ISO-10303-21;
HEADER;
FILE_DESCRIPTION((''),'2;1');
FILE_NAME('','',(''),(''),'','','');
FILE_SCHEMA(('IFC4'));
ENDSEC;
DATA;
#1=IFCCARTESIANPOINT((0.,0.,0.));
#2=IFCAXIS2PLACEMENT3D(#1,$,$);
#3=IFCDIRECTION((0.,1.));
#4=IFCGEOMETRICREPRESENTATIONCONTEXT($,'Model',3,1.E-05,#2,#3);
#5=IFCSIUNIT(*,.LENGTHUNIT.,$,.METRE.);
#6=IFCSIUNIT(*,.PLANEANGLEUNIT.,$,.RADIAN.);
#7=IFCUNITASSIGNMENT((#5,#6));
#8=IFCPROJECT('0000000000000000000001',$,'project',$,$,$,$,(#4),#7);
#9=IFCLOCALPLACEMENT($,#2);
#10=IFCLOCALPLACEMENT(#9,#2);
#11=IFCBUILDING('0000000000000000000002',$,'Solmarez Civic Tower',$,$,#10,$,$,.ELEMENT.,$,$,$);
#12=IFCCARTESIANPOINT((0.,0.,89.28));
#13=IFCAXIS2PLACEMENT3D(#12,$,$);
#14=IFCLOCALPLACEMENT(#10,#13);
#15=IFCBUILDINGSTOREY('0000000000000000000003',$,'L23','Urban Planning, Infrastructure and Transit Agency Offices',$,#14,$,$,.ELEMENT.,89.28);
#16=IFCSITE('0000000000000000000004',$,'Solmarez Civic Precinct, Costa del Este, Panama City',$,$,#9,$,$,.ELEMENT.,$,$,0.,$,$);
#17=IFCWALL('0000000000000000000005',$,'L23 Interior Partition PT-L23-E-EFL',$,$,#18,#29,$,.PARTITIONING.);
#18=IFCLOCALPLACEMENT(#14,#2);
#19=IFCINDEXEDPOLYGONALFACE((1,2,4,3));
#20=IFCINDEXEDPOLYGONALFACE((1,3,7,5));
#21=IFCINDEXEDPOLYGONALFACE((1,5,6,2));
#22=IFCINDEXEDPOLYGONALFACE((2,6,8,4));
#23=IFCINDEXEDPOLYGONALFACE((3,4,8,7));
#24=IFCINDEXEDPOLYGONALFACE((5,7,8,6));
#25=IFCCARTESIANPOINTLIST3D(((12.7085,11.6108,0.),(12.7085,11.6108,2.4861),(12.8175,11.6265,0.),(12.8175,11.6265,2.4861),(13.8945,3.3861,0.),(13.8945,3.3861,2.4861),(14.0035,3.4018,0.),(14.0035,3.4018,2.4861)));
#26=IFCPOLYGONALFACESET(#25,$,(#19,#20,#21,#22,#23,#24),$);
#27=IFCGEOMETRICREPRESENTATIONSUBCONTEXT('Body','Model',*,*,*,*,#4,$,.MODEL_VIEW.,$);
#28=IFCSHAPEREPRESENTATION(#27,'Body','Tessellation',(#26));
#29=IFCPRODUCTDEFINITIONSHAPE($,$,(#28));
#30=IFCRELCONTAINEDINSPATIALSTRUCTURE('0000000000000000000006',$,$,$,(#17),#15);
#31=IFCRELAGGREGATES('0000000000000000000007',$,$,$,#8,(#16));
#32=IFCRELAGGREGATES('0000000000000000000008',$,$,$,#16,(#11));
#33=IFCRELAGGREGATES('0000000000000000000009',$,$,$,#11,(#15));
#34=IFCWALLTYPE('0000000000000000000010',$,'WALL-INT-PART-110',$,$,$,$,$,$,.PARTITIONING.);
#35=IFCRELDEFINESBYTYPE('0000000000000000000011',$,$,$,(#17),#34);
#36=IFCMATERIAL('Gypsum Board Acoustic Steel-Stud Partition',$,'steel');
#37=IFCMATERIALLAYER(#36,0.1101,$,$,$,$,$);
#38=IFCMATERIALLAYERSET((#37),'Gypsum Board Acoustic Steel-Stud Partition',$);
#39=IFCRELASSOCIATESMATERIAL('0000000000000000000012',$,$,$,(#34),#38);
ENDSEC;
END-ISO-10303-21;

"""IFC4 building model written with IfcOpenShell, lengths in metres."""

from ifc_helpers import new_model, si_unit, direction, frame, frame_2d, origin, place, context, subcontext, project, spatial, rectangle, extrude, material, layer, layer_set, type_object, element, save


model = new_model("IFC4")

# Units and contexts
model_context = context("Model", 3, precision=1e-05, world=origin(), true_north=direction((0.0, 1.0)))
body_context = subcontext(model_context, "Body", "Model", "MODEL_VIEW")
ifc_project = project(units=[si_unit("LENGTHUNIT", "METRE"), si_unit("PLANEANGLEUNIT", "RADIAN")], contexts=[model_context])

# Site, building, storey
site_placement = place(None, origin())
site = spatial("IfcSite", under=ifc_project, at=site_placement, Name="Solmarez Civic Precinct, Costa del Este, Panama City", CompositionType="ELEMENT", RefElevation=0.0)
building_placement = place(site_placement, origin())
building = spatial("IfcBuilding", under=site, at=building_placement, Name="Solmarez Civic Tower", CompositionType="ELEMENT")
storey_placement = place(building_placement, frame((0.0, 0.0, 89.28)))
storey = spatial("IfcBuildingStorey", under=building, at=storey_placement, Name="L23", Description="Urban Planning, Infrastructure and Transit Agency Offices", CompositionType="ELEMENT", Elevation=89.28)

# Wall
ifc_material_1 = material(Name="Gypsum Board Acoustic Steel-Stud Partition", Category="steel")
ifc_layer_1 = layer(ifc_material_1, 0.1101)
ifc_layer_set_1 = layer_set([ifc_layer_1], Name="Gypsum Board Acoustic Steel-Stud Partition")
wall_type_1 = type_object("IfcWallType", Name="WALL-INT-PART-110", PredefinedType="PARTITIONING", material=ifc_layer_set_1)
wall_1_placement = place(storey_placement, frame((13.949, 3.394, 0.0), z_axis=(0.0, 0.0, 1.0), x_axis=(-0.142725, 0.989762, 0.0)))
element("IfcWall", 1, at=wall_1_placement, inside=storey, type_object=wall_type_1, Name="L23 Interior Partition PT-L23-E-EFL", PredefinedType="PARTITIONING", context=body_context, shape_type="SweptSolid", body=[
    extrude(rectangle(XDim=8.3098, YDim=0.1101, at=frame_2d((4.1548, 0.0))), origin(), (0.0, 0.0, 1.0), 2.4861),
])

save(model, "model.ifc")
